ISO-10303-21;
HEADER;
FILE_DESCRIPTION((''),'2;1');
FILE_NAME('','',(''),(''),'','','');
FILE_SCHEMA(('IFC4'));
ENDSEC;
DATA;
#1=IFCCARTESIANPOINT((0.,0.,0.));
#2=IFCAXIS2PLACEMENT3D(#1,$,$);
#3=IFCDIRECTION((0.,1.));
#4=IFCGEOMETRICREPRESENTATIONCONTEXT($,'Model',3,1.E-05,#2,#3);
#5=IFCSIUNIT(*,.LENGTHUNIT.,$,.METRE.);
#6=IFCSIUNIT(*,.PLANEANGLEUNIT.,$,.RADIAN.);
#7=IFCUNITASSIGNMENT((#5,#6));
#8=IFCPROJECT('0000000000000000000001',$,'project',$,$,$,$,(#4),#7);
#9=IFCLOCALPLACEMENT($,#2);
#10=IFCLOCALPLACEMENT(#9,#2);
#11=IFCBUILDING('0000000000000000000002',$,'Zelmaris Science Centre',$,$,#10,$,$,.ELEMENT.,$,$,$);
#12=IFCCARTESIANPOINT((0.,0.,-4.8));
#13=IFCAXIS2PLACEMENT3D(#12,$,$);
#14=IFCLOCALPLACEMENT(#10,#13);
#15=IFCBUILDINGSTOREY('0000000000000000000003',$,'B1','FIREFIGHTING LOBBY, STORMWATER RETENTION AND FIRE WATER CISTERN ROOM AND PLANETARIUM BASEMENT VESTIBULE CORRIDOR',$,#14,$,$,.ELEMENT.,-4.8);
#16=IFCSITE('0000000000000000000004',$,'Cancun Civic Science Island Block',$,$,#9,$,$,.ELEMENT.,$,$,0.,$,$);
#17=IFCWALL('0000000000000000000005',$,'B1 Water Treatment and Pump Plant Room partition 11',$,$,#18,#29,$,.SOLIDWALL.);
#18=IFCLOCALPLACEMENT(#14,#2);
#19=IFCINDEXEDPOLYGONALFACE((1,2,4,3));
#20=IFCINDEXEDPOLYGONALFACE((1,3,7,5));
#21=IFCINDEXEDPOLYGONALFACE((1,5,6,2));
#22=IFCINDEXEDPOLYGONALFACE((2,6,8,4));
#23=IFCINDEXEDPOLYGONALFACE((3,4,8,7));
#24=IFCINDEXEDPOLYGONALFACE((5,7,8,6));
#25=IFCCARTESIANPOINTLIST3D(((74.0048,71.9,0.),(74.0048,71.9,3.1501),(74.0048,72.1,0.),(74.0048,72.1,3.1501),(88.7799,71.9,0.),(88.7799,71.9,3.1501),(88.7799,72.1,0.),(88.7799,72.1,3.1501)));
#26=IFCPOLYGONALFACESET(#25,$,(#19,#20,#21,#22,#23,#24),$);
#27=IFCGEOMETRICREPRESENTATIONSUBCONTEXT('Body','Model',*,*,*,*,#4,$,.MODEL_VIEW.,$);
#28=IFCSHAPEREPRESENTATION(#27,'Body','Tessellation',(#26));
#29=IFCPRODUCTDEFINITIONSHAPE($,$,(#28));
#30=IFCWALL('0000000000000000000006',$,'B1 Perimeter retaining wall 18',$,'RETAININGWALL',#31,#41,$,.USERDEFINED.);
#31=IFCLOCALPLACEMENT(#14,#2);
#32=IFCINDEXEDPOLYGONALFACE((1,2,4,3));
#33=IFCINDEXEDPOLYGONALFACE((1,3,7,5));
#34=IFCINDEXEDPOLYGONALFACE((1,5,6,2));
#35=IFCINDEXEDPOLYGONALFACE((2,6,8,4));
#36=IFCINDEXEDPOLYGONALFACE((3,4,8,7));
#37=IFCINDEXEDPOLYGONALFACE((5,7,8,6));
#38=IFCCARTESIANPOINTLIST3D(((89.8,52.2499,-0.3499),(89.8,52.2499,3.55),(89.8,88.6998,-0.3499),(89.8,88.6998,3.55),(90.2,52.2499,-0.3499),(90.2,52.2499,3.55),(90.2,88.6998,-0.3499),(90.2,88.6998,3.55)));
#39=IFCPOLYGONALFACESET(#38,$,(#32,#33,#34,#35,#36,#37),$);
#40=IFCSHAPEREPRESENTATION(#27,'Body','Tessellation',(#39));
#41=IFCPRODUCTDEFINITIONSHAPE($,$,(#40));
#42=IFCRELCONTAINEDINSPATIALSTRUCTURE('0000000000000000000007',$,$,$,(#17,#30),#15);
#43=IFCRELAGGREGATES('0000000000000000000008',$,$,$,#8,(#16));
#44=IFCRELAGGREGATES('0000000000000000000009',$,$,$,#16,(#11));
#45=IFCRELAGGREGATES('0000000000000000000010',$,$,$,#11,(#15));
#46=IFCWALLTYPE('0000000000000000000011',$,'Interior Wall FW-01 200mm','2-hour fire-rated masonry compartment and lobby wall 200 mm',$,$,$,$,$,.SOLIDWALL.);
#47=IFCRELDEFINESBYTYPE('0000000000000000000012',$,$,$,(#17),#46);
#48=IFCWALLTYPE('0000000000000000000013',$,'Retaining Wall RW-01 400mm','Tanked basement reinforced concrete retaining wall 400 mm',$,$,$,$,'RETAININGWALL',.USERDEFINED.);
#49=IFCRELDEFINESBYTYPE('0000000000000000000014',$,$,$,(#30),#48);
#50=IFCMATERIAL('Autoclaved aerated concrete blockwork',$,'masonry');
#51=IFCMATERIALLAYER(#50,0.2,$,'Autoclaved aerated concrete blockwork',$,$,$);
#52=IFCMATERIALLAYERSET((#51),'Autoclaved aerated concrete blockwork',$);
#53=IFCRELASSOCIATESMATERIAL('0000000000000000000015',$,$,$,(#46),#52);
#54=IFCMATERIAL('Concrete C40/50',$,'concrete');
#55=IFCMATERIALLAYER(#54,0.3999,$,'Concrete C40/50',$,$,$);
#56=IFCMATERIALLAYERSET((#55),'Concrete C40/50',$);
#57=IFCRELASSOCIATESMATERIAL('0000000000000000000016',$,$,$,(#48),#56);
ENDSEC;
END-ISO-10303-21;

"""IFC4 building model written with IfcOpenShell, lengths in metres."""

from ifc_helpers import new_model, si_unit, direction, frame, frame_2d, origin, place, context, subcontext, project, spatial, rectangle, extrude, material, layer, layer_set, type_object, element, save


model = new_model("IFC4")

# Units and contexts
model_context = context("Model", 3, precision=1e-05, world=origin(), true_north=direction((0.0, 1.0)))
body_context = subcontext(model_context, "Body", "Model", "MODEL_VIEW")
ifc_project = project(units=[si_unit("LENGTHUNIT", "METRE"), si_unit("PLANEANGLEUNIT", "RADIAN")], contexts=[model_context])

# Site, building, storey
site_placement = place(None, origin())
site = spatial("IfcSite", under=ifc_project, at=site_placement, Name="Cancun Civic Science Island Block", CompositionType="ELEMENT", RefElevation=0.0)
building_placement = place(site_placement, origin())
building = spatial("IfcBuilding", under=site, at=building_placement, Name="Zelmaris Science Centre", CompositionType="ELEMENT")
storey_placement = place(building_placement, frame((0.0, 0.0, -4.8)))
storey = spatial("IfcBuildingStorey", under=building, at=storey_placement, Name="B1", Description="FIREFIGHTING LOBBY, STORMWATER RETENTION AND FIRE WATER CISTERN ROOM AND PLANETARIUM BASEMENT VESTIBULE CORRIDOR", CompositionType="ELEMENT", Elevation=-4.8)

# Shared definitions
ifc_material_1 = material(Name="Concrete C40/50", Category="concrete")

# Walls
ifc_material_2 = material(Name="Autoclaved aerated concrete blockwork", Category="masonry")
ifc_layer_1 = layer(ifc_material_2, 0.2, Name="Autoclaved aerated concrete blockwork")
ifc_layer_set_1 = layer_set([ifc_layer_1], Name="Autoclaved aerated concrete blockwork")
wall_type_1 = type_object("IfcWallType", Name="Interior Wall FW-01 200mm", Description="2-hour fire-rated masonry compartment and lobby wall 200 mm", PredefinedType="SOLIDWALL", material=ifc_layer_set_1)
wall_1_placement = place(storey_placement, frame((88.78, 72.0, 0.0), z_axis=(0.0, 0.0, 1.0), x_axis=(-1.0, 0.0, 0.0)))
element("IfcWall", 1, at=wall_1_placement, inside=storey, type_object=wall_type_1, Name="B1 Water Treatment and Pump Plant Room partition 11", PredefinedType="SOLIDWALL", context=body_context, shape_type="SweptSolid", body=[
    extrude(rectangle(XDim=14.7751, YDim=0.2, at=frame_2d((7.3877, 0.0))), origin(), (0.0, 0.0, 1.0), 3.1501),
])
ifc_layer_2 = layer(ifc_material_1, 0.3999, Name="Concrete C40/50")
ifc_layer_set_2 = layer_set([ifc_layer_2], Name="Concrete C40/50")
wall_type_2 = type_object("IfcWallType", Name="Retaining Wall RW-01 400mm", Description="Tanked basement reinforced concrete retaining wall 400 mm", ElementType="RETAININGWALL", PredefinedType="USERDEFINED", material=ifc_layer_set_2)
wall_2_placement = place(storey_placement, frame((90.0, 88.7, -0.3499), z_axis=(0.0, 0.0, 1.0), x_axis=(0.0, -1.0, 0.0)))
element("IfcWall", 2, at=wall_2_placement, inside=storey, type_object=wall_type_2, Name="B1 Perimeter retaining wall 18", ObjectType="RETAININGWALL", PredefinedType="USERDEFINED", context=body_context, shape_type="SweptSolid", body=[
    extrude(rectangle(XDim=36.45, YDim=0.3999, at=frame_2d((18.2251, 0.0))), origin(), (0.0, 0.0, 1.0), 3.8999),
])

save(model, "model.ifc")
